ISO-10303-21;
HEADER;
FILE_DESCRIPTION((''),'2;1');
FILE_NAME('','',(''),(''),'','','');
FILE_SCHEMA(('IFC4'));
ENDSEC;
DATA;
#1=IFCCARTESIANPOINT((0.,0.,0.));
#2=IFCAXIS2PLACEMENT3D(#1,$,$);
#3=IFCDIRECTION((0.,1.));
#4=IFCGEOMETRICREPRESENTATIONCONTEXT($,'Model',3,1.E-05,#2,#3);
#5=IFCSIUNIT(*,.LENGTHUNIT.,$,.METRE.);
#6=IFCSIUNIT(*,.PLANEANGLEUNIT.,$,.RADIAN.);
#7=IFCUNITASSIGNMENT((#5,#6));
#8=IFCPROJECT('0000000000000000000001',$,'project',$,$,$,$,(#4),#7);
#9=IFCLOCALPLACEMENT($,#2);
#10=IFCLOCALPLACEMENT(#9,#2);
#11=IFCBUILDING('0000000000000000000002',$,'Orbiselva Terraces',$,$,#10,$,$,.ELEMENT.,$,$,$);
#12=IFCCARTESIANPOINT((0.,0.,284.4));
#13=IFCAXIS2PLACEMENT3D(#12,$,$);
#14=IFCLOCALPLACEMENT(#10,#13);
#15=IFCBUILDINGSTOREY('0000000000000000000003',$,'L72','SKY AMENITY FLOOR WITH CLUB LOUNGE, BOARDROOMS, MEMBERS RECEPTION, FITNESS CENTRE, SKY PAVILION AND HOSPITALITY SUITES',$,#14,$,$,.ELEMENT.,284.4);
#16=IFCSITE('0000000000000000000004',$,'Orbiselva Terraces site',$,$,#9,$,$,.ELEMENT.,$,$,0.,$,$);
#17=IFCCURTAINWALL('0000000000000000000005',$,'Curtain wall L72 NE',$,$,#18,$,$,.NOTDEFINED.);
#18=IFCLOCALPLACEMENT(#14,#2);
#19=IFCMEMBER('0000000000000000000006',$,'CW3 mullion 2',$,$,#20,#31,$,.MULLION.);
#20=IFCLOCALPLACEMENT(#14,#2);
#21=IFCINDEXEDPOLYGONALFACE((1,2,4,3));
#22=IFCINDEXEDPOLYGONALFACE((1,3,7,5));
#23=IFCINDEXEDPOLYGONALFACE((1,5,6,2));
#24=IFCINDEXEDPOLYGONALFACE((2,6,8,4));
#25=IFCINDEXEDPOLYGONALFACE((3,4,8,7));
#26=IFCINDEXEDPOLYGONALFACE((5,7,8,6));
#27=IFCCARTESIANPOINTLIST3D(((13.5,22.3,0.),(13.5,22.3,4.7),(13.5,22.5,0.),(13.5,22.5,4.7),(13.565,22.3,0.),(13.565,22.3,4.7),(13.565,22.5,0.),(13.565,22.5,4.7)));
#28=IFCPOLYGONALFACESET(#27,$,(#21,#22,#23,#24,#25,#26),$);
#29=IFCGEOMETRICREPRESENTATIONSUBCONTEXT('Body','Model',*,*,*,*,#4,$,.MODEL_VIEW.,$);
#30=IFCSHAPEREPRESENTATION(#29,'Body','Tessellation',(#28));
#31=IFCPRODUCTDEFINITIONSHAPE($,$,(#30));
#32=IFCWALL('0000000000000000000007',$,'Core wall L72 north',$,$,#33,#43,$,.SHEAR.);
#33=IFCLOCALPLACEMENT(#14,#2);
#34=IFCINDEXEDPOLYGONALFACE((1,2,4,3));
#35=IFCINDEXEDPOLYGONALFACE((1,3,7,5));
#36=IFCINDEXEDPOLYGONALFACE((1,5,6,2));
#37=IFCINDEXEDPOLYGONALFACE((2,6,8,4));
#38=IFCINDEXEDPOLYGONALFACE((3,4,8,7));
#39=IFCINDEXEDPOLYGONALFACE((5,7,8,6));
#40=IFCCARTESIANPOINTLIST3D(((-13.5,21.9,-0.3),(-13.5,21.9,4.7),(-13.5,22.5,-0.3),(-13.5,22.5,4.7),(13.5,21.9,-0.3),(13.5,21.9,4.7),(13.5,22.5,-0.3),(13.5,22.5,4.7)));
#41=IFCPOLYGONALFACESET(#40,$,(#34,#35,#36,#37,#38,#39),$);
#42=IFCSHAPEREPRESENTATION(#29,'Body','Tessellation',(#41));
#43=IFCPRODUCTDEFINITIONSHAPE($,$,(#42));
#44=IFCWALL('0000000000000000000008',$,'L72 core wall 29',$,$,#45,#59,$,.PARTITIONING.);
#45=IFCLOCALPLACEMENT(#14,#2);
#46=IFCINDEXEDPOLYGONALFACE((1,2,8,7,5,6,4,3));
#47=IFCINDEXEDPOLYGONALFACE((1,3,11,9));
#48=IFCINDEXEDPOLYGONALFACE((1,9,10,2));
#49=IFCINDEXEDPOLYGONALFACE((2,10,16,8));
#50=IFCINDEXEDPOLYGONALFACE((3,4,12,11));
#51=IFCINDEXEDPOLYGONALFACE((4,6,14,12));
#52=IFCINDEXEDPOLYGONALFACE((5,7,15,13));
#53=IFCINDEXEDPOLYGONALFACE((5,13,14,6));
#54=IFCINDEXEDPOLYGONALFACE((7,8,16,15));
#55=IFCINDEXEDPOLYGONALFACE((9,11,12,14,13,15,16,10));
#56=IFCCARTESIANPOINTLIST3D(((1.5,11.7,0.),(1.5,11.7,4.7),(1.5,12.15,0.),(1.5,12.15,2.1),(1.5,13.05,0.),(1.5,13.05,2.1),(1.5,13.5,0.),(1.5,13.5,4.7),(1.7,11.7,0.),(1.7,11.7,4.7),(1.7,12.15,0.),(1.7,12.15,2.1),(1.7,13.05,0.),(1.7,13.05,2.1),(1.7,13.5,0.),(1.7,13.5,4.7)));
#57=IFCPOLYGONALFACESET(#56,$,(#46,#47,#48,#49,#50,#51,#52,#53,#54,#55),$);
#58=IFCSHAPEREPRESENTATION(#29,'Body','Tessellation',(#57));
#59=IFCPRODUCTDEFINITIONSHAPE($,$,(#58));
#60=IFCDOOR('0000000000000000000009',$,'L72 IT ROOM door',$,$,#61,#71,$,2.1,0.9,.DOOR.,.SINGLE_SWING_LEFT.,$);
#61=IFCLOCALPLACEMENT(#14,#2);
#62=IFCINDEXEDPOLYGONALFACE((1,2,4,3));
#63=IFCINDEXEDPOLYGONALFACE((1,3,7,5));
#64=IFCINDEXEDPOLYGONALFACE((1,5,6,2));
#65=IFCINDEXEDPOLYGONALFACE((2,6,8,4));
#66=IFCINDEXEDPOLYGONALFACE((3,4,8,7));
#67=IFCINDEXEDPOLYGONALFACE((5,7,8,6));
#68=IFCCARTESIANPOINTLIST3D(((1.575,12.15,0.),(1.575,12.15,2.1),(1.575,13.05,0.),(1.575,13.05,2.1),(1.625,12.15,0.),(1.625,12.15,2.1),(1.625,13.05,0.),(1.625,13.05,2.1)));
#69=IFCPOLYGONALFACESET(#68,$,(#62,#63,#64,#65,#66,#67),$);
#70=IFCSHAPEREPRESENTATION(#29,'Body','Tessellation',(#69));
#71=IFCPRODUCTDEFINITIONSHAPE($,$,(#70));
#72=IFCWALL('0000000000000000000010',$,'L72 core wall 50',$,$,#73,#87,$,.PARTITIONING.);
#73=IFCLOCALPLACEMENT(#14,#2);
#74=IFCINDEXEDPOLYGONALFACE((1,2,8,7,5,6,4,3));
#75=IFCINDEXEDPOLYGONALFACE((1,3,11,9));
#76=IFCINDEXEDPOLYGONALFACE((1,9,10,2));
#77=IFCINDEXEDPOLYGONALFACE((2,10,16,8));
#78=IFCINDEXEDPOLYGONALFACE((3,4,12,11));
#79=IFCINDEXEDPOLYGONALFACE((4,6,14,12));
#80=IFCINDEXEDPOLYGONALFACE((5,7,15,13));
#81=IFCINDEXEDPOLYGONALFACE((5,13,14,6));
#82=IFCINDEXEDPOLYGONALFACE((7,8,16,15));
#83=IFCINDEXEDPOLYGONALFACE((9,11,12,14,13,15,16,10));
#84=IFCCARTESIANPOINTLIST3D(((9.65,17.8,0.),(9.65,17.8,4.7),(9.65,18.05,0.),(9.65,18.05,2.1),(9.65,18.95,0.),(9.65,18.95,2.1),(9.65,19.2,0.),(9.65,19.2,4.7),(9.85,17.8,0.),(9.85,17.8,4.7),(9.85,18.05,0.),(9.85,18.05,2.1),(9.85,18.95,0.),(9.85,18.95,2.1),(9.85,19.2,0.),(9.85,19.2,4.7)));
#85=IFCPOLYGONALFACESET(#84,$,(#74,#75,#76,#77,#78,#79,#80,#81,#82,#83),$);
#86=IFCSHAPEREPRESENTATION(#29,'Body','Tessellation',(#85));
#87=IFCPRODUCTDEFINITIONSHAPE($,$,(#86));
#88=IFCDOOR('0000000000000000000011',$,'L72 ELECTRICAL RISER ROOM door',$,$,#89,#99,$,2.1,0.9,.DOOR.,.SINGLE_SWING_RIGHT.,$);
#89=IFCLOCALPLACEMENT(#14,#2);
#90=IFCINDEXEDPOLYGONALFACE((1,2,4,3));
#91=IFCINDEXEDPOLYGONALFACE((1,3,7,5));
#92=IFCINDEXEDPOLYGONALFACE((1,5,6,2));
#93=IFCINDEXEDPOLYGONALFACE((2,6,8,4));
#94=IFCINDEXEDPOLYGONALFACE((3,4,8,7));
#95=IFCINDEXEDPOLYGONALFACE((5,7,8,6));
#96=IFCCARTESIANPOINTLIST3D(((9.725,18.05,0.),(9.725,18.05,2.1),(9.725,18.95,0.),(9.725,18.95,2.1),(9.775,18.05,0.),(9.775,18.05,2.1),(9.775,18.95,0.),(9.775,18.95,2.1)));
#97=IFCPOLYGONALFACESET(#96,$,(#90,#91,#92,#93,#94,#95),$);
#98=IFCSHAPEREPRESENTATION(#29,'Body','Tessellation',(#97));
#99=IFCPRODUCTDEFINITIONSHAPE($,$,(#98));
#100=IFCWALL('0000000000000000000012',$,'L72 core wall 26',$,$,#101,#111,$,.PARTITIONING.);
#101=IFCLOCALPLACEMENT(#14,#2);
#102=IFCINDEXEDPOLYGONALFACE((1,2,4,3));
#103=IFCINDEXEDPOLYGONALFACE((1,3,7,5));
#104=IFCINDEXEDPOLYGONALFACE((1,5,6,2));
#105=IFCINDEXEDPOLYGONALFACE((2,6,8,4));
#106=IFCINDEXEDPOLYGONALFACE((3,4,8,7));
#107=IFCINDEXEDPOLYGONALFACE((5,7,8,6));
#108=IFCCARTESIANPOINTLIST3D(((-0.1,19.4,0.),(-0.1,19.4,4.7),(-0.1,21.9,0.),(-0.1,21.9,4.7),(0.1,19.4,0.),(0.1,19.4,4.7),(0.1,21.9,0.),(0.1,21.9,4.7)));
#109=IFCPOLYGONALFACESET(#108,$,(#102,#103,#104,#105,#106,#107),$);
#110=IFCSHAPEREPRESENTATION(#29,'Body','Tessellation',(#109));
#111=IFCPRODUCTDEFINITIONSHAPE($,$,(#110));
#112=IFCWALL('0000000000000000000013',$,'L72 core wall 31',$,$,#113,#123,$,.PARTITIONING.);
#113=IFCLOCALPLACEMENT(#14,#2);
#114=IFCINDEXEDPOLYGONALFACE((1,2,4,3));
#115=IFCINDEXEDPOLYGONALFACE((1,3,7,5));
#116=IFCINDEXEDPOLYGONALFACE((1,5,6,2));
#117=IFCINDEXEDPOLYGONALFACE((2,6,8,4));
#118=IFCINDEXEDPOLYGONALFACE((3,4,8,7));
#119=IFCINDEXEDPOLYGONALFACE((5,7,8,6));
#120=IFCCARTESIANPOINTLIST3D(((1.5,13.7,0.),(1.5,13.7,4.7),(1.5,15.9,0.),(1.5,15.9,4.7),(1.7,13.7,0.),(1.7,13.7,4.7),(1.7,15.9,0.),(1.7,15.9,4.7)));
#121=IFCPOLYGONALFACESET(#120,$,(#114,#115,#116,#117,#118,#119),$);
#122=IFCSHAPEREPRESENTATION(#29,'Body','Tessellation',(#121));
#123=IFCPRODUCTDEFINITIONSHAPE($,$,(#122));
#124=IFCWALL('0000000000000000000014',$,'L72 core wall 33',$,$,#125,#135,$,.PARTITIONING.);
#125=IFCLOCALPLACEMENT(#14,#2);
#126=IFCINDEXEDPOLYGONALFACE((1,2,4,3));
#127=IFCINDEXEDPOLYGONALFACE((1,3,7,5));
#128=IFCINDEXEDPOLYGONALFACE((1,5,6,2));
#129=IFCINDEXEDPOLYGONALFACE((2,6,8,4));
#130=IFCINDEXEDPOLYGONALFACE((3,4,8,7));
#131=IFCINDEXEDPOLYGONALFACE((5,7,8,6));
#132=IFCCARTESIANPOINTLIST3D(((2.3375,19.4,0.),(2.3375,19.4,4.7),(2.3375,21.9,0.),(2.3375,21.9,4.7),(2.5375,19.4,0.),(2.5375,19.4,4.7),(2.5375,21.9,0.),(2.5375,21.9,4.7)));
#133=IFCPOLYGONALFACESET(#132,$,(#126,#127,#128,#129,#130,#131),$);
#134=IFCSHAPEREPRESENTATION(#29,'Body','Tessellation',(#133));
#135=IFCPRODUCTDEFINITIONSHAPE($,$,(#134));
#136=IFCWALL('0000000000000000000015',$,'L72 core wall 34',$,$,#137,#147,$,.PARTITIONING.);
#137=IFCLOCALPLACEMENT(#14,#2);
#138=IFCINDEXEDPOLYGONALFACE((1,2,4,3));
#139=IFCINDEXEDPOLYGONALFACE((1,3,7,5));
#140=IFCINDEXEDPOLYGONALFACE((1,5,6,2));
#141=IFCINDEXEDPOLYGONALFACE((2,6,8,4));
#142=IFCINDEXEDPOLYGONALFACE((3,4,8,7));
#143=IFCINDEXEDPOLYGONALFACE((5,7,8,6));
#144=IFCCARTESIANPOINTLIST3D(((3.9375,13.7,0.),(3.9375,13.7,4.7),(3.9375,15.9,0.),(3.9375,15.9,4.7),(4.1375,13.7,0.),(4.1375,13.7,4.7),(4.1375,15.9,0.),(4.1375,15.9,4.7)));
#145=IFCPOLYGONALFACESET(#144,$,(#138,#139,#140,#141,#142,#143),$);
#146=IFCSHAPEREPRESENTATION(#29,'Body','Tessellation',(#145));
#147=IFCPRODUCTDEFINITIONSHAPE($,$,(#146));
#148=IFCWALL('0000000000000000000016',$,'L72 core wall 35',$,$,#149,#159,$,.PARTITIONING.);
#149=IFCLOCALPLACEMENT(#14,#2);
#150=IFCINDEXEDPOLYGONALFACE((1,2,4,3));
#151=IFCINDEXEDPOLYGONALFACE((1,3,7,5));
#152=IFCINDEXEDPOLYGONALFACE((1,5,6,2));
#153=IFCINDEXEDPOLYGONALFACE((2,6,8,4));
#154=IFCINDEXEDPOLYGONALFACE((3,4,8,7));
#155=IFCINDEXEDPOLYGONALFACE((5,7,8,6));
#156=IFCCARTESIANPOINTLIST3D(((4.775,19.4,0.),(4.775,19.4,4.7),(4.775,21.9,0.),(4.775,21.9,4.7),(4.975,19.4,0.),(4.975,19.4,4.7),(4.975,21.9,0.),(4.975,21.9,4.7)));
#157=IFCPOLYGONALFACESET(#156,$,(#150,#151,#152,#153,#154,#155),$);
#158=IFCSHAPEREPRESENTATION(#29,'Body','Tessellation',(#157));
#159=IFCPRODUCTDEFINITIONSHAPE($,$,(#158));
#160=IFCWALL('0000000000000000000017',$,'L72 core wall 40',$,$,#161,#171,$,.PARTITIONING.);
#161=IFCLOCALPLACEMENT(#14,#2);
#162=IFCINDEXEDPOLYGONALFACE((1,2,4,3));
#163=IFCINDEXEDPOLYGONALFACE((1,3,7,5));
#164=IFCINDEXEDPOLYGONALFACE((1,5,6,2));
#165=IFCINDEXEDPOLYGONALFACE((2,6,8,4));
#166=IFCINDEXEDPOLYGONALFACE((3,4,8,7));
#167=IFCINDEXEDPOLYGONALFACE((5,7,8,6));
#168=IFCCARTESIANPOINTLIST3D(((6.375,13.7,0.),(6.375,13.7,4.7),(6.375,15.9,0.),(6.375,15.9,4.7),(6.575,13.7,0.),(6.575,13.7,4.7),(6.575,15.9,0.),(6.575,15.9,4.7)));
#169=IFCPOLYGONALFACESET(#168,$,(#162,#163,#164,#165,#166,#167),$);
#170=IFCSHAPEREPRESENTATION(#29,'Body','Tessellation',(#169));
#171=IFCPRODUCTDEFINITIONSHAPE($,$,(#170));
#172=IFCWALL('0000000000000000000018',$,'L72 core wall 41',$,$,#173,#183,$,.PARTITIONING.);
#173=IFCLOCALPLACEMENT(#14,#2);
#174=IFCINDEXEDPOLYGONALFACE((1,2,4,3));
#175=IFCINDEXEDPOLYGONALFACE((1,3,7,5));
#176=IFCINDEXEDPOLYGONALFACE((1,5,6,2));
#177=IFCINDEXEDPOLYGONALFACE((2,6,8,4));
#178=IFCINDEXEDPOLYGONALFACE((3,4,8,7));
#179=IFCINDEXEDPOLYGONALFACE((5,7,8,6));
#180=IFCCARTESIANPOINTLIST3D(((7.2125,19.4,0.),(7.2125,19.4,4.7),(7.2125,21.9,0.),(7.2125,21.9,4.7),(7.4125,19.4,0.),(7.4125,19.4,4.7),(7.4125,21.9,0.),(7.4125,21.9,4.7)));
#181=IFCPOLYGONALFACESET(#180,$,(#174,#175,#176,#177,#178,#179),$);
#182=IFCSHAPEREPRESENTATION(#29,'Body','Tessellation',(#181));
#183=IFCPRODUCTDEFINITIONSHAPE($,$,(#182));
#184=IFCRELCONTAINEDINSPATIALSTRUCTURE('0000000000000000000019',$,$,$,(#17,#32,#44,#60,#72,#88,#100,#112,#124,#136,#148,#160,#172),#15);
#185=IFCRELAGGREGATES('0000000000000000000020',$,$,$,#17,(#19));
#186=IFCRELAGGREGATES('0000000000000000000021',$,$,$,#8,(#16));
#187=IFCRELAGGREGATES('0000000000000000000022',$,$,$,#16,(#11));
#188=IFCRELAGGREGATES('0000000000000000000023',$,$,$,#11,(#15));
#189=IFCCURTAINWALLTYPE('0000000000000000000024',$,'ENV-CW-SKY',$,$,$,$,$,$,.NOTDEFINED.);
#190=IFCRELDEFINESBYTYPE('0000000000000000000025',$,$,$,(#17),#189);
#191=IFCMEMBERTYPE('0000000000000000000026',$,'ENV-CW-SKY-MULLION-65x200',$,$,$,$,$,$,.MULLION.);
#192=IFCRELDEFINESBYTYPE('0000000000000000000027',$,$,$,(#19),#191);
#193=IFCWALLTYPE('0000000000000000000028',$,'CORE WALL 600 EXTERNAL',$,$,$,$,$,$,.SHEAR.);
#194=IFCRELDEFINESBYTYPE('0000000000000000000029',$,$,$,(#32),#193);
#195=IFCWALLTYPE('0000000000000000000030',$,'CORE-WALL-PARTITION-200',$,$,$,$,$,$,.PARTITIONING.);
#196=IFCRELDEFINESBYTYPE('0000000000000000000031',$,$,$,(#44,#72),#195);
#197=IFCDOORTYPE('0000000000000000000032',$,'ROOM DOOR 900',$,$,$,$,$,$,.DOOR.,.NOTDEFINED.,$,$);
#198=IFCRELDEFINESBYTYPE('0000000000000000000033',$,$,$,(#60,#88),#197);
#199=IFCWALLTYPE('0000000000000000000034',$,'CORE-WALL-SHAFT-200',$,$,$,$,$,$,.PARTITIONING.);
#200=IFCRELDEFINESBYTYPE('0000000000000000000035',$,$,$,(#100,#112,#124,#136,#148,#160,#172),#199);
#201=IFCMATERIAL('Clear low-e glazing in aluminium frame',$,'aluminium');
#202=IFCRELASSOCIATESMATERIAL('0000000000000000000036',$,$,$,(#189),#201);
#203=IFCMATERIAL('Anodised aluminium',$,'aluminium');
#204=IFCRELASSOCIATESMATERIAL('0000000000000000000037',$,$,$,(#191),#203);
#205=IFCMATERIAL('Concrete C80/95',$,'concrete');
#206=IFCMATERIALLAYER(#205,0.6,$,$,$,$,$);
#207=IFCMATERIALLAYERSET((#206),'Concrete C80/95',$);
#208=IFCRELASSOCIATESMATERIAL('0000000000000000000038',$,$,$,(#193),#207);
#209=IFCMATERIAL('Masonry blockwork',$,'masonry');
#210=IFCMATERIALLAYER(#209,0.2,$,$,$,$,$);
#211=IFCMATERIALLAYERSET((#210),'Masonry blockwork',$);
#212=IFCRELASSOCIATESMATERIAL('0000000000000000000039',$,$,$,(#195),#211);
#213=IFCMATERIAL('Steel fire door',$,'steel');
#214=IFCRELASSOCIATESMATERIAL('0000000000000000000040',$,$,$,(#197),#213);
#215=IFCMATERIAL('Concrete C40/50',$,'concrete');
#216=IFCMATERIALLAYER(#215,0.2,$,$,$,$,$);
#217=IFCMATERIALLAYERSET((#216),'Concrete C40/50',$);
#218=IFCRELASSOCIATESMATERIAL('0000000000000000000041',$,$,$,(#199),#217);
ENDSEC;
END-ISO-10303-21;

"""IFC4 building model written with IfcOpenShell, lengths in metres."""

from ifc_helpers import new_model, si_unit, direction, frame, frame_2d, origin, origin_2d, place, context, subcontext, project, spatial, rectangle, extrude, material, layer, layer_set, material_profile, profile_set, type_object, element, fill, aggregate, save


model = new_model("IFC4")

# Units and contexts
model_context = context("Model", 3, precision=1e-05, world=origin(), true_north=direction((0.0, 1.0)))
body_context = subcontext(model_context, "Body", "Model", "MODEL_VIEW")
ifc_project = project(units=[si_unit("LENGTHUNIT", "METRE"), si_unit("PLANEANGLEUNIT", "RADIAN")], contexts=[model_context])

# Site, building, storey
site_placement = place(None, origin())
site = spatial("IfcSite", under=ifc_project, at=site_placement, Name="Orbiselva Terraces site", CompositionType="ELEMENT", RefElevation=0.0)
building_placement = place(site_placement, origin())
building = spatial("IfcBuilding", under=site, at=building_placement, Name="Orbiselva Terraces", CompositionType="ELEMENT")
storey_placement = place(building_placement, frame((0.0, 0.0, 284.4)))
storey = spatial("IfcBuildingStorey", under=building, at=storey_placement, Name="L72", Description="SKY AMENITY FLOOR WITH CLUB LOUNGE, BOARDROOMS, MEMBERS RECEPTION, FITNESS CENTRE, SKY PAVILION AND HOSPITALITY SUITES", CompositionType="ELEMENT", Elevation=284.4)

# Curtain wall, member
ifc_material_1 = material(Name="Clear low-e glazing in aluminium frame", Category="aluminium")
curtain_wall_type = type_object("IfcCurtainWallType", Name="ENV-CW-SKY", PredefinedType="NOTDEFINED", material=ifc_material_1)
curtain_wall_placement = place(storey_placement, origin())
curtain_wall = element("IfcCurtainWall", 1, at=curtain_wall_placement, inside=storey, type_object=curtain_wall_type, Name="Curtain wall L72 NE", PredefinedType="NOTDEFINED")
ifc_material_2 = material(Name="Anodised aluminium", Category="aluminium")
ifc_material_profile = material_profile(ifc_material_2, rectangle(XDim=0.2, YDim=0.065, at=origin_2d()), Name="AL 65x200")
ifc_profile_set = profile_set([ifc_material_profile], Name="Anodised aluminium")
member_type = type_object("IfcMemberType", Name="ENV-CW-SKY-MULLION-65x200", PredefinedType="MULLION", material=ifc_profile_set)
member_placement = place(storey_placement, frame((13.5325, 22.4, 0.0), z_axis=(0.0, 0.0, 1.0), x_axis=(0.0, -1.0, 0.0)))
member = element("IfcMember", 2, at=member_placement, type_object=member_type, Name="CW3 mullion 2", PredefinedType="MULLION", context=body_context, shape_type="SweptSolid", body=[
    extrude(rectangle(XDim=0.2, YDim=0.065, at=origin_2d()), origin(), (0.0, 0.0, 1.0), 4.7),
])
aggregate(curtain_wall, [member])

# Wall
ifc_material_3 = material(Name="Concrete C80/95", Category="concrete")
ifc_layer_1 = layer(ifc_material_3, 0.6)
ifc_layer_set_1 = layer_set([ifc_layer_1], Name="Concrete C80/95")
wall_type_1 = type_object("IfcWallType", Name="CORE WALL 600 EXTERNAL", PredefinedType="SHEAR", material=ifc_layer_set_1)
wall_1_placement = place(storey_placement, frame((13.5, 22.2, -0.3), z_axis=(0.0, 0.0, 1.0), x_axis=(-1.0, 0.0, 0.0)))
element("IfcWall", 3, at=wall_1_placement, inside=storey, type_object=wall_type_1, Name="Core wall L72 north", PredefinedType="SHEAR", context=body_context, shape_type="SweptSolid", body=[
    extrude(rectangle(XDim=27.0, YDim=0.6, at=frame_2d((13.5, 0.0))), origin(), (0.0, 0.0, 1.0), 5.0),
])

# Walls, openings, doors
ifc_material_4 = material(Name="Masonry blockwork", Category="masonry")
ifc_layer_2 = layer(ifc_material_4, 0.2)
ifc_layer_set_2 = layer_set([ifc_layer_2], Name="Masonry blockwork")
wall_type_2 = type_object("IfcWallType", Name="CORE-WALL-PARTITION-200", PredefinedType="PARTITIONING", material=ifc_layer_set_2)
wall_2_placement = place(storey_placement, frame((1.6, 13.5, 0.0), z_axis=(0.0, 0.0, 1.0), x_axis=(0.0, -1.0, 0.0)))
wall_2 = element("IfcWall", 4, at=wall_2_placement, inside=storey, type_object=wall_type_2, Name="L72 core wall 29", PredefinedType="PARTITIONING", context=body_context, shape_type="SweptSolid", body=[
    extrude(rectangle(XDim=1.8, YDim=0.2, at=frame_2d((0.9, 0.0))), origin(), (0.0, 0.0, 1.0), 4.7),
])
opening_1_placement = place(wall_2_placement, frame((0.45, 0.0, 0.0)))
opening_1 = element("IfcOpeningElement", 5, at=opening_1_placement, cuts=wall_2, PredefinedType="OPENING", context=body_context, shape_type="SweptSolid", body=[
    extrude(rectangle(XDim=0.9, YDim=2.1, at=frame_2d((0.45, 1.05))), frame((0.0, 0.11, 0.0), z_axis=(0.0, -1.0, 0.0), x_axis=(1.0, 0.0, 0.0)), (0.0, 0.0, 1.0), 0.22),
])
ifc_material_5 = material(Name="Steel fire door", Category="steel")
door_type_1 = type_object("IfcDoorType", Name="ROOM DOOR 900", OperationType="NOTDEFINED", PredefinedType="DOOR", material=ifc_material_5)
door_1_placement = place(opening_1_placement, origin())
door_1 = element("IfcDoor", 6, at=door_1_placement, inside=storey, type_object=door_type_1, Name="L72 IT ROOM door", OperationType="SINGLE_SWING_LEFT", OverallHeight=2.1, OverallWidth=0.9, PredefinedType="DOOR", context=body_context, shape_type="SweptSolid", body=[
    extrude(rectangle(XDim=0.9, YDim=2.1, at=frame_2d((0.45, 1.05))), frame((0.0, 0.025, 0.0), z_axis=(0.0, -1.0, 0.0), x_axis=(1.0, 0.0, 0.0)), (0.0, 0.0, 1.0), 0.05),
])
fill(opening_1, door_1)
wall_3_placement = place(storey_placement, frame((9.75, 19.2, 0.0), z_axis=(0.0, 0.0, 1.0), x_axis=(0.0, -1.0, 0.0)))
wall_3 = element("IfcWall", 7, at=wall_3_placement, inside=storey, type_object=wall_type_2, Name="L72 core wall 50", PredefinedType="PARTITIONING", context=body_context, shape_type="SweptSolid", body=[
    extrude(rectangle(XDim=1.4, YDim=0.2, at=frame_2d((0.7, 0.0))), origin(), (0.0, 0.0, 1.0), 4.7),
])
opening_2_placement = place(wall_3_placement, frame((0.25, 0.0, 0.0)))
opening_2 = element("IfcOpeningElement", 8, at=opening_2_placement, cuts=wall_3, PredefinedType="OPENING", context=body_context, shape_type="SweptSolid", body=[
    extrude(rectangle(XDim=0.9, YDim=2.1, at=frame_2d((0.45, 1.05))), frame((0.0, 0.11, 0.0), z_axis=(0.0, -1.0, 0.0), x_axis=(1.0, 0.0, 0.0)), (0.0, 0.0, 1.0), 0.22),
])
door_2_placement = place(opening_2_placement, origin())
door_2 = element("IfcDoor", 9, at=door_2_placement, inside=storey, type_object=door_type_1, Name="L72 ELECTRICAL RISER ROOM door", OperationType="SINGLE_SWING_RIGHT", OverallHeight=2.1, OverallWidth=0.9, PredefinedType="DOOR", context=body_context, shape_type="SweptSolid", body=[
    extrude(rectangle(XDim=0.9, YDim=2.1, at=frame_2d((0.45, 1.05))), frame((0.0, 0.025, 0.0), z_axis=(0.0, -1.0, 0.0), x_axis=(1.0, 0.0, 0.0)), (0.0, 0.0, 1.0), 0.05),
])
fill(opening_2, door_2)

# Walls
ifc_material_6 = material(Name="Concrete C40/50", Category="concrete")
ifc_layer_3 = layer(ifc_material_6, 0.2)
ifc_layer_set_3 = layer_set([ifc_layer_3], Name="Concrete C40/50")
wall_type_3 = type_object("IfcWallType", Name="CORE-WALL-SHAFT-200", PredefinedType="PARTITIONING", material=ifc_layer_set_3)
wall_4_placement = place(storey_placement, frame((0.0, 19.4, 0.0), z_axis=(0.0, 0.0, 1.0), x_axis=(0.0, 1.0, 0.0)))
element("IfcWall", 10, at=wall_4_placement, inside=storey, type_object=wall_type_3, Name="L72 core wall 26", PredefinedType="PARTITIONING", context=body_context, shape_type="SweptSolid", body=[
    extrude(rectangle(XDim=2.5, YDim=0.2, at=frame_2d((1.25, 0.0))), origin(), (0.0, 0.0, 1.0), 4.7),
])
wall_5_placement = place(storey_placement, frame((1.6, 13.7, 0.0), z_axis=(0.0, 0.0, 1.0), x_axis=(0.0, 1.0, 0.0)))
element("IfcWall", 11, at=wall_5_placement, inside=storey, type_object=wall_type_3, Name="L72 core wall 31", PredefinedType="PARTITIONING", context=body_context, shape_type="SweptSolid", body=[
    extrude(rectangle(XDim=2.2, YDim=0.2, at=frame_2d((1.1, 0.0))), origin(), (0.0, 0.0, 1.0), 4.7),
])
wall_6_placement = place(storey_placement, frame((2.4375, 19.4, 0.0), z_axis=(0.0, 0.0, 1.0), x_axis=(0.0, 1.0, 0.0)))
element("IfcWall", 12, at=wall_6_placement, inside=storey, type_object=wall_type_3, Name="L72 core wall 33", PredefinedType="PARTITIONING", context=body_context, shape_type="SweptSolid", body=[
    extrude(rectangle(XDim=2.5, YDim=0.2, at=frame_2d((1.25, 0.0))), origin(), (0.0, 0.0, 1.0), 4.7),
])
wall_7_placement = place(storey_placement, frame((4.0375, 13.7, 0.0), z_axis=(0.0, 0.0, 1.0), x_axis=(0.0, 1.0, 0.0)))
element("IfcWall", 13, at=wall_7_placement, inside=storey, type_object=wall_type_3, Name="L72 core wall 34", PredefinedType="PARTITIONING", context=body_context, shape_type="SweptSolid", body=[
    extrude(rectangle(XDim=2.2, YDim=0.2, at=frame_2d((1.1, 0.0))), origin(), (0.0, 0.0, 1.0), 4.7),
])
wall_8_placement = place(storey_placement, frame((4.875, 19.4, 0.0), z_axis=(0.0, 0.0, 1.0), x_axis=(0.0, 1.0, 0.0)))
element("IfcWall", 14, at=wall_8_placement, inside=storey, type_object=wall_type_3, Name="L72 core wall 35", PredefinedType="PARTITIONING", context=body_context, shape_type="SweptSolid", body=[
    extrude(rectangle(XDim=2.5, YDim=0.2, at=frame_2d((1.25, 0.0))), origin(), (0.0, 0.0, 1.0), 4.7),
])
wall_9_placement = place(storey_placement, frame((6.475, 13.7, 0.0), z_axis=(0.0, 0.0, 1.0), x_axis=(0.0, 1.0, 0.0)))
element("IfcWall", 15, at=wall_9_placement, inside=storey, type_object=wall_type_3, Name="L72 core wall 40", PredefinedType="PARTITIONING", context=body_context, shape_type="SweptSolid", body=[
    extrude(rectangle(XDim=2.2, YDim=0.2, at=frame_2d((1.1, 0.0))), origin(), (0.0, 0.0, 1.0), 4.7),
])
for number, where, z_axis, x_axis, name in (
    (16, (7.3125, 19.4, 0.0), (0.0, 0.0, 1.0), (0.0, 1.0, 0.0), "L72 core wall 41"),
):
    element("IfcWall", number, at=place(storey_placement, frame(where, z_axis=z_axis, x_axis=x_axis)), inside=storey, type_object=wall_type_3, Name=name, PredefinedType="PARTITIONING", context=body_context, shape_type="SweptSolid", body=[
        extrude(rectangle(XDim=2.5, YDim=0.2, at=frame_2d((1.25, 0.0))), origin(), (0.0, 0.0, 1.0), 4.7),
    ])

save(model, "model.ifc")
